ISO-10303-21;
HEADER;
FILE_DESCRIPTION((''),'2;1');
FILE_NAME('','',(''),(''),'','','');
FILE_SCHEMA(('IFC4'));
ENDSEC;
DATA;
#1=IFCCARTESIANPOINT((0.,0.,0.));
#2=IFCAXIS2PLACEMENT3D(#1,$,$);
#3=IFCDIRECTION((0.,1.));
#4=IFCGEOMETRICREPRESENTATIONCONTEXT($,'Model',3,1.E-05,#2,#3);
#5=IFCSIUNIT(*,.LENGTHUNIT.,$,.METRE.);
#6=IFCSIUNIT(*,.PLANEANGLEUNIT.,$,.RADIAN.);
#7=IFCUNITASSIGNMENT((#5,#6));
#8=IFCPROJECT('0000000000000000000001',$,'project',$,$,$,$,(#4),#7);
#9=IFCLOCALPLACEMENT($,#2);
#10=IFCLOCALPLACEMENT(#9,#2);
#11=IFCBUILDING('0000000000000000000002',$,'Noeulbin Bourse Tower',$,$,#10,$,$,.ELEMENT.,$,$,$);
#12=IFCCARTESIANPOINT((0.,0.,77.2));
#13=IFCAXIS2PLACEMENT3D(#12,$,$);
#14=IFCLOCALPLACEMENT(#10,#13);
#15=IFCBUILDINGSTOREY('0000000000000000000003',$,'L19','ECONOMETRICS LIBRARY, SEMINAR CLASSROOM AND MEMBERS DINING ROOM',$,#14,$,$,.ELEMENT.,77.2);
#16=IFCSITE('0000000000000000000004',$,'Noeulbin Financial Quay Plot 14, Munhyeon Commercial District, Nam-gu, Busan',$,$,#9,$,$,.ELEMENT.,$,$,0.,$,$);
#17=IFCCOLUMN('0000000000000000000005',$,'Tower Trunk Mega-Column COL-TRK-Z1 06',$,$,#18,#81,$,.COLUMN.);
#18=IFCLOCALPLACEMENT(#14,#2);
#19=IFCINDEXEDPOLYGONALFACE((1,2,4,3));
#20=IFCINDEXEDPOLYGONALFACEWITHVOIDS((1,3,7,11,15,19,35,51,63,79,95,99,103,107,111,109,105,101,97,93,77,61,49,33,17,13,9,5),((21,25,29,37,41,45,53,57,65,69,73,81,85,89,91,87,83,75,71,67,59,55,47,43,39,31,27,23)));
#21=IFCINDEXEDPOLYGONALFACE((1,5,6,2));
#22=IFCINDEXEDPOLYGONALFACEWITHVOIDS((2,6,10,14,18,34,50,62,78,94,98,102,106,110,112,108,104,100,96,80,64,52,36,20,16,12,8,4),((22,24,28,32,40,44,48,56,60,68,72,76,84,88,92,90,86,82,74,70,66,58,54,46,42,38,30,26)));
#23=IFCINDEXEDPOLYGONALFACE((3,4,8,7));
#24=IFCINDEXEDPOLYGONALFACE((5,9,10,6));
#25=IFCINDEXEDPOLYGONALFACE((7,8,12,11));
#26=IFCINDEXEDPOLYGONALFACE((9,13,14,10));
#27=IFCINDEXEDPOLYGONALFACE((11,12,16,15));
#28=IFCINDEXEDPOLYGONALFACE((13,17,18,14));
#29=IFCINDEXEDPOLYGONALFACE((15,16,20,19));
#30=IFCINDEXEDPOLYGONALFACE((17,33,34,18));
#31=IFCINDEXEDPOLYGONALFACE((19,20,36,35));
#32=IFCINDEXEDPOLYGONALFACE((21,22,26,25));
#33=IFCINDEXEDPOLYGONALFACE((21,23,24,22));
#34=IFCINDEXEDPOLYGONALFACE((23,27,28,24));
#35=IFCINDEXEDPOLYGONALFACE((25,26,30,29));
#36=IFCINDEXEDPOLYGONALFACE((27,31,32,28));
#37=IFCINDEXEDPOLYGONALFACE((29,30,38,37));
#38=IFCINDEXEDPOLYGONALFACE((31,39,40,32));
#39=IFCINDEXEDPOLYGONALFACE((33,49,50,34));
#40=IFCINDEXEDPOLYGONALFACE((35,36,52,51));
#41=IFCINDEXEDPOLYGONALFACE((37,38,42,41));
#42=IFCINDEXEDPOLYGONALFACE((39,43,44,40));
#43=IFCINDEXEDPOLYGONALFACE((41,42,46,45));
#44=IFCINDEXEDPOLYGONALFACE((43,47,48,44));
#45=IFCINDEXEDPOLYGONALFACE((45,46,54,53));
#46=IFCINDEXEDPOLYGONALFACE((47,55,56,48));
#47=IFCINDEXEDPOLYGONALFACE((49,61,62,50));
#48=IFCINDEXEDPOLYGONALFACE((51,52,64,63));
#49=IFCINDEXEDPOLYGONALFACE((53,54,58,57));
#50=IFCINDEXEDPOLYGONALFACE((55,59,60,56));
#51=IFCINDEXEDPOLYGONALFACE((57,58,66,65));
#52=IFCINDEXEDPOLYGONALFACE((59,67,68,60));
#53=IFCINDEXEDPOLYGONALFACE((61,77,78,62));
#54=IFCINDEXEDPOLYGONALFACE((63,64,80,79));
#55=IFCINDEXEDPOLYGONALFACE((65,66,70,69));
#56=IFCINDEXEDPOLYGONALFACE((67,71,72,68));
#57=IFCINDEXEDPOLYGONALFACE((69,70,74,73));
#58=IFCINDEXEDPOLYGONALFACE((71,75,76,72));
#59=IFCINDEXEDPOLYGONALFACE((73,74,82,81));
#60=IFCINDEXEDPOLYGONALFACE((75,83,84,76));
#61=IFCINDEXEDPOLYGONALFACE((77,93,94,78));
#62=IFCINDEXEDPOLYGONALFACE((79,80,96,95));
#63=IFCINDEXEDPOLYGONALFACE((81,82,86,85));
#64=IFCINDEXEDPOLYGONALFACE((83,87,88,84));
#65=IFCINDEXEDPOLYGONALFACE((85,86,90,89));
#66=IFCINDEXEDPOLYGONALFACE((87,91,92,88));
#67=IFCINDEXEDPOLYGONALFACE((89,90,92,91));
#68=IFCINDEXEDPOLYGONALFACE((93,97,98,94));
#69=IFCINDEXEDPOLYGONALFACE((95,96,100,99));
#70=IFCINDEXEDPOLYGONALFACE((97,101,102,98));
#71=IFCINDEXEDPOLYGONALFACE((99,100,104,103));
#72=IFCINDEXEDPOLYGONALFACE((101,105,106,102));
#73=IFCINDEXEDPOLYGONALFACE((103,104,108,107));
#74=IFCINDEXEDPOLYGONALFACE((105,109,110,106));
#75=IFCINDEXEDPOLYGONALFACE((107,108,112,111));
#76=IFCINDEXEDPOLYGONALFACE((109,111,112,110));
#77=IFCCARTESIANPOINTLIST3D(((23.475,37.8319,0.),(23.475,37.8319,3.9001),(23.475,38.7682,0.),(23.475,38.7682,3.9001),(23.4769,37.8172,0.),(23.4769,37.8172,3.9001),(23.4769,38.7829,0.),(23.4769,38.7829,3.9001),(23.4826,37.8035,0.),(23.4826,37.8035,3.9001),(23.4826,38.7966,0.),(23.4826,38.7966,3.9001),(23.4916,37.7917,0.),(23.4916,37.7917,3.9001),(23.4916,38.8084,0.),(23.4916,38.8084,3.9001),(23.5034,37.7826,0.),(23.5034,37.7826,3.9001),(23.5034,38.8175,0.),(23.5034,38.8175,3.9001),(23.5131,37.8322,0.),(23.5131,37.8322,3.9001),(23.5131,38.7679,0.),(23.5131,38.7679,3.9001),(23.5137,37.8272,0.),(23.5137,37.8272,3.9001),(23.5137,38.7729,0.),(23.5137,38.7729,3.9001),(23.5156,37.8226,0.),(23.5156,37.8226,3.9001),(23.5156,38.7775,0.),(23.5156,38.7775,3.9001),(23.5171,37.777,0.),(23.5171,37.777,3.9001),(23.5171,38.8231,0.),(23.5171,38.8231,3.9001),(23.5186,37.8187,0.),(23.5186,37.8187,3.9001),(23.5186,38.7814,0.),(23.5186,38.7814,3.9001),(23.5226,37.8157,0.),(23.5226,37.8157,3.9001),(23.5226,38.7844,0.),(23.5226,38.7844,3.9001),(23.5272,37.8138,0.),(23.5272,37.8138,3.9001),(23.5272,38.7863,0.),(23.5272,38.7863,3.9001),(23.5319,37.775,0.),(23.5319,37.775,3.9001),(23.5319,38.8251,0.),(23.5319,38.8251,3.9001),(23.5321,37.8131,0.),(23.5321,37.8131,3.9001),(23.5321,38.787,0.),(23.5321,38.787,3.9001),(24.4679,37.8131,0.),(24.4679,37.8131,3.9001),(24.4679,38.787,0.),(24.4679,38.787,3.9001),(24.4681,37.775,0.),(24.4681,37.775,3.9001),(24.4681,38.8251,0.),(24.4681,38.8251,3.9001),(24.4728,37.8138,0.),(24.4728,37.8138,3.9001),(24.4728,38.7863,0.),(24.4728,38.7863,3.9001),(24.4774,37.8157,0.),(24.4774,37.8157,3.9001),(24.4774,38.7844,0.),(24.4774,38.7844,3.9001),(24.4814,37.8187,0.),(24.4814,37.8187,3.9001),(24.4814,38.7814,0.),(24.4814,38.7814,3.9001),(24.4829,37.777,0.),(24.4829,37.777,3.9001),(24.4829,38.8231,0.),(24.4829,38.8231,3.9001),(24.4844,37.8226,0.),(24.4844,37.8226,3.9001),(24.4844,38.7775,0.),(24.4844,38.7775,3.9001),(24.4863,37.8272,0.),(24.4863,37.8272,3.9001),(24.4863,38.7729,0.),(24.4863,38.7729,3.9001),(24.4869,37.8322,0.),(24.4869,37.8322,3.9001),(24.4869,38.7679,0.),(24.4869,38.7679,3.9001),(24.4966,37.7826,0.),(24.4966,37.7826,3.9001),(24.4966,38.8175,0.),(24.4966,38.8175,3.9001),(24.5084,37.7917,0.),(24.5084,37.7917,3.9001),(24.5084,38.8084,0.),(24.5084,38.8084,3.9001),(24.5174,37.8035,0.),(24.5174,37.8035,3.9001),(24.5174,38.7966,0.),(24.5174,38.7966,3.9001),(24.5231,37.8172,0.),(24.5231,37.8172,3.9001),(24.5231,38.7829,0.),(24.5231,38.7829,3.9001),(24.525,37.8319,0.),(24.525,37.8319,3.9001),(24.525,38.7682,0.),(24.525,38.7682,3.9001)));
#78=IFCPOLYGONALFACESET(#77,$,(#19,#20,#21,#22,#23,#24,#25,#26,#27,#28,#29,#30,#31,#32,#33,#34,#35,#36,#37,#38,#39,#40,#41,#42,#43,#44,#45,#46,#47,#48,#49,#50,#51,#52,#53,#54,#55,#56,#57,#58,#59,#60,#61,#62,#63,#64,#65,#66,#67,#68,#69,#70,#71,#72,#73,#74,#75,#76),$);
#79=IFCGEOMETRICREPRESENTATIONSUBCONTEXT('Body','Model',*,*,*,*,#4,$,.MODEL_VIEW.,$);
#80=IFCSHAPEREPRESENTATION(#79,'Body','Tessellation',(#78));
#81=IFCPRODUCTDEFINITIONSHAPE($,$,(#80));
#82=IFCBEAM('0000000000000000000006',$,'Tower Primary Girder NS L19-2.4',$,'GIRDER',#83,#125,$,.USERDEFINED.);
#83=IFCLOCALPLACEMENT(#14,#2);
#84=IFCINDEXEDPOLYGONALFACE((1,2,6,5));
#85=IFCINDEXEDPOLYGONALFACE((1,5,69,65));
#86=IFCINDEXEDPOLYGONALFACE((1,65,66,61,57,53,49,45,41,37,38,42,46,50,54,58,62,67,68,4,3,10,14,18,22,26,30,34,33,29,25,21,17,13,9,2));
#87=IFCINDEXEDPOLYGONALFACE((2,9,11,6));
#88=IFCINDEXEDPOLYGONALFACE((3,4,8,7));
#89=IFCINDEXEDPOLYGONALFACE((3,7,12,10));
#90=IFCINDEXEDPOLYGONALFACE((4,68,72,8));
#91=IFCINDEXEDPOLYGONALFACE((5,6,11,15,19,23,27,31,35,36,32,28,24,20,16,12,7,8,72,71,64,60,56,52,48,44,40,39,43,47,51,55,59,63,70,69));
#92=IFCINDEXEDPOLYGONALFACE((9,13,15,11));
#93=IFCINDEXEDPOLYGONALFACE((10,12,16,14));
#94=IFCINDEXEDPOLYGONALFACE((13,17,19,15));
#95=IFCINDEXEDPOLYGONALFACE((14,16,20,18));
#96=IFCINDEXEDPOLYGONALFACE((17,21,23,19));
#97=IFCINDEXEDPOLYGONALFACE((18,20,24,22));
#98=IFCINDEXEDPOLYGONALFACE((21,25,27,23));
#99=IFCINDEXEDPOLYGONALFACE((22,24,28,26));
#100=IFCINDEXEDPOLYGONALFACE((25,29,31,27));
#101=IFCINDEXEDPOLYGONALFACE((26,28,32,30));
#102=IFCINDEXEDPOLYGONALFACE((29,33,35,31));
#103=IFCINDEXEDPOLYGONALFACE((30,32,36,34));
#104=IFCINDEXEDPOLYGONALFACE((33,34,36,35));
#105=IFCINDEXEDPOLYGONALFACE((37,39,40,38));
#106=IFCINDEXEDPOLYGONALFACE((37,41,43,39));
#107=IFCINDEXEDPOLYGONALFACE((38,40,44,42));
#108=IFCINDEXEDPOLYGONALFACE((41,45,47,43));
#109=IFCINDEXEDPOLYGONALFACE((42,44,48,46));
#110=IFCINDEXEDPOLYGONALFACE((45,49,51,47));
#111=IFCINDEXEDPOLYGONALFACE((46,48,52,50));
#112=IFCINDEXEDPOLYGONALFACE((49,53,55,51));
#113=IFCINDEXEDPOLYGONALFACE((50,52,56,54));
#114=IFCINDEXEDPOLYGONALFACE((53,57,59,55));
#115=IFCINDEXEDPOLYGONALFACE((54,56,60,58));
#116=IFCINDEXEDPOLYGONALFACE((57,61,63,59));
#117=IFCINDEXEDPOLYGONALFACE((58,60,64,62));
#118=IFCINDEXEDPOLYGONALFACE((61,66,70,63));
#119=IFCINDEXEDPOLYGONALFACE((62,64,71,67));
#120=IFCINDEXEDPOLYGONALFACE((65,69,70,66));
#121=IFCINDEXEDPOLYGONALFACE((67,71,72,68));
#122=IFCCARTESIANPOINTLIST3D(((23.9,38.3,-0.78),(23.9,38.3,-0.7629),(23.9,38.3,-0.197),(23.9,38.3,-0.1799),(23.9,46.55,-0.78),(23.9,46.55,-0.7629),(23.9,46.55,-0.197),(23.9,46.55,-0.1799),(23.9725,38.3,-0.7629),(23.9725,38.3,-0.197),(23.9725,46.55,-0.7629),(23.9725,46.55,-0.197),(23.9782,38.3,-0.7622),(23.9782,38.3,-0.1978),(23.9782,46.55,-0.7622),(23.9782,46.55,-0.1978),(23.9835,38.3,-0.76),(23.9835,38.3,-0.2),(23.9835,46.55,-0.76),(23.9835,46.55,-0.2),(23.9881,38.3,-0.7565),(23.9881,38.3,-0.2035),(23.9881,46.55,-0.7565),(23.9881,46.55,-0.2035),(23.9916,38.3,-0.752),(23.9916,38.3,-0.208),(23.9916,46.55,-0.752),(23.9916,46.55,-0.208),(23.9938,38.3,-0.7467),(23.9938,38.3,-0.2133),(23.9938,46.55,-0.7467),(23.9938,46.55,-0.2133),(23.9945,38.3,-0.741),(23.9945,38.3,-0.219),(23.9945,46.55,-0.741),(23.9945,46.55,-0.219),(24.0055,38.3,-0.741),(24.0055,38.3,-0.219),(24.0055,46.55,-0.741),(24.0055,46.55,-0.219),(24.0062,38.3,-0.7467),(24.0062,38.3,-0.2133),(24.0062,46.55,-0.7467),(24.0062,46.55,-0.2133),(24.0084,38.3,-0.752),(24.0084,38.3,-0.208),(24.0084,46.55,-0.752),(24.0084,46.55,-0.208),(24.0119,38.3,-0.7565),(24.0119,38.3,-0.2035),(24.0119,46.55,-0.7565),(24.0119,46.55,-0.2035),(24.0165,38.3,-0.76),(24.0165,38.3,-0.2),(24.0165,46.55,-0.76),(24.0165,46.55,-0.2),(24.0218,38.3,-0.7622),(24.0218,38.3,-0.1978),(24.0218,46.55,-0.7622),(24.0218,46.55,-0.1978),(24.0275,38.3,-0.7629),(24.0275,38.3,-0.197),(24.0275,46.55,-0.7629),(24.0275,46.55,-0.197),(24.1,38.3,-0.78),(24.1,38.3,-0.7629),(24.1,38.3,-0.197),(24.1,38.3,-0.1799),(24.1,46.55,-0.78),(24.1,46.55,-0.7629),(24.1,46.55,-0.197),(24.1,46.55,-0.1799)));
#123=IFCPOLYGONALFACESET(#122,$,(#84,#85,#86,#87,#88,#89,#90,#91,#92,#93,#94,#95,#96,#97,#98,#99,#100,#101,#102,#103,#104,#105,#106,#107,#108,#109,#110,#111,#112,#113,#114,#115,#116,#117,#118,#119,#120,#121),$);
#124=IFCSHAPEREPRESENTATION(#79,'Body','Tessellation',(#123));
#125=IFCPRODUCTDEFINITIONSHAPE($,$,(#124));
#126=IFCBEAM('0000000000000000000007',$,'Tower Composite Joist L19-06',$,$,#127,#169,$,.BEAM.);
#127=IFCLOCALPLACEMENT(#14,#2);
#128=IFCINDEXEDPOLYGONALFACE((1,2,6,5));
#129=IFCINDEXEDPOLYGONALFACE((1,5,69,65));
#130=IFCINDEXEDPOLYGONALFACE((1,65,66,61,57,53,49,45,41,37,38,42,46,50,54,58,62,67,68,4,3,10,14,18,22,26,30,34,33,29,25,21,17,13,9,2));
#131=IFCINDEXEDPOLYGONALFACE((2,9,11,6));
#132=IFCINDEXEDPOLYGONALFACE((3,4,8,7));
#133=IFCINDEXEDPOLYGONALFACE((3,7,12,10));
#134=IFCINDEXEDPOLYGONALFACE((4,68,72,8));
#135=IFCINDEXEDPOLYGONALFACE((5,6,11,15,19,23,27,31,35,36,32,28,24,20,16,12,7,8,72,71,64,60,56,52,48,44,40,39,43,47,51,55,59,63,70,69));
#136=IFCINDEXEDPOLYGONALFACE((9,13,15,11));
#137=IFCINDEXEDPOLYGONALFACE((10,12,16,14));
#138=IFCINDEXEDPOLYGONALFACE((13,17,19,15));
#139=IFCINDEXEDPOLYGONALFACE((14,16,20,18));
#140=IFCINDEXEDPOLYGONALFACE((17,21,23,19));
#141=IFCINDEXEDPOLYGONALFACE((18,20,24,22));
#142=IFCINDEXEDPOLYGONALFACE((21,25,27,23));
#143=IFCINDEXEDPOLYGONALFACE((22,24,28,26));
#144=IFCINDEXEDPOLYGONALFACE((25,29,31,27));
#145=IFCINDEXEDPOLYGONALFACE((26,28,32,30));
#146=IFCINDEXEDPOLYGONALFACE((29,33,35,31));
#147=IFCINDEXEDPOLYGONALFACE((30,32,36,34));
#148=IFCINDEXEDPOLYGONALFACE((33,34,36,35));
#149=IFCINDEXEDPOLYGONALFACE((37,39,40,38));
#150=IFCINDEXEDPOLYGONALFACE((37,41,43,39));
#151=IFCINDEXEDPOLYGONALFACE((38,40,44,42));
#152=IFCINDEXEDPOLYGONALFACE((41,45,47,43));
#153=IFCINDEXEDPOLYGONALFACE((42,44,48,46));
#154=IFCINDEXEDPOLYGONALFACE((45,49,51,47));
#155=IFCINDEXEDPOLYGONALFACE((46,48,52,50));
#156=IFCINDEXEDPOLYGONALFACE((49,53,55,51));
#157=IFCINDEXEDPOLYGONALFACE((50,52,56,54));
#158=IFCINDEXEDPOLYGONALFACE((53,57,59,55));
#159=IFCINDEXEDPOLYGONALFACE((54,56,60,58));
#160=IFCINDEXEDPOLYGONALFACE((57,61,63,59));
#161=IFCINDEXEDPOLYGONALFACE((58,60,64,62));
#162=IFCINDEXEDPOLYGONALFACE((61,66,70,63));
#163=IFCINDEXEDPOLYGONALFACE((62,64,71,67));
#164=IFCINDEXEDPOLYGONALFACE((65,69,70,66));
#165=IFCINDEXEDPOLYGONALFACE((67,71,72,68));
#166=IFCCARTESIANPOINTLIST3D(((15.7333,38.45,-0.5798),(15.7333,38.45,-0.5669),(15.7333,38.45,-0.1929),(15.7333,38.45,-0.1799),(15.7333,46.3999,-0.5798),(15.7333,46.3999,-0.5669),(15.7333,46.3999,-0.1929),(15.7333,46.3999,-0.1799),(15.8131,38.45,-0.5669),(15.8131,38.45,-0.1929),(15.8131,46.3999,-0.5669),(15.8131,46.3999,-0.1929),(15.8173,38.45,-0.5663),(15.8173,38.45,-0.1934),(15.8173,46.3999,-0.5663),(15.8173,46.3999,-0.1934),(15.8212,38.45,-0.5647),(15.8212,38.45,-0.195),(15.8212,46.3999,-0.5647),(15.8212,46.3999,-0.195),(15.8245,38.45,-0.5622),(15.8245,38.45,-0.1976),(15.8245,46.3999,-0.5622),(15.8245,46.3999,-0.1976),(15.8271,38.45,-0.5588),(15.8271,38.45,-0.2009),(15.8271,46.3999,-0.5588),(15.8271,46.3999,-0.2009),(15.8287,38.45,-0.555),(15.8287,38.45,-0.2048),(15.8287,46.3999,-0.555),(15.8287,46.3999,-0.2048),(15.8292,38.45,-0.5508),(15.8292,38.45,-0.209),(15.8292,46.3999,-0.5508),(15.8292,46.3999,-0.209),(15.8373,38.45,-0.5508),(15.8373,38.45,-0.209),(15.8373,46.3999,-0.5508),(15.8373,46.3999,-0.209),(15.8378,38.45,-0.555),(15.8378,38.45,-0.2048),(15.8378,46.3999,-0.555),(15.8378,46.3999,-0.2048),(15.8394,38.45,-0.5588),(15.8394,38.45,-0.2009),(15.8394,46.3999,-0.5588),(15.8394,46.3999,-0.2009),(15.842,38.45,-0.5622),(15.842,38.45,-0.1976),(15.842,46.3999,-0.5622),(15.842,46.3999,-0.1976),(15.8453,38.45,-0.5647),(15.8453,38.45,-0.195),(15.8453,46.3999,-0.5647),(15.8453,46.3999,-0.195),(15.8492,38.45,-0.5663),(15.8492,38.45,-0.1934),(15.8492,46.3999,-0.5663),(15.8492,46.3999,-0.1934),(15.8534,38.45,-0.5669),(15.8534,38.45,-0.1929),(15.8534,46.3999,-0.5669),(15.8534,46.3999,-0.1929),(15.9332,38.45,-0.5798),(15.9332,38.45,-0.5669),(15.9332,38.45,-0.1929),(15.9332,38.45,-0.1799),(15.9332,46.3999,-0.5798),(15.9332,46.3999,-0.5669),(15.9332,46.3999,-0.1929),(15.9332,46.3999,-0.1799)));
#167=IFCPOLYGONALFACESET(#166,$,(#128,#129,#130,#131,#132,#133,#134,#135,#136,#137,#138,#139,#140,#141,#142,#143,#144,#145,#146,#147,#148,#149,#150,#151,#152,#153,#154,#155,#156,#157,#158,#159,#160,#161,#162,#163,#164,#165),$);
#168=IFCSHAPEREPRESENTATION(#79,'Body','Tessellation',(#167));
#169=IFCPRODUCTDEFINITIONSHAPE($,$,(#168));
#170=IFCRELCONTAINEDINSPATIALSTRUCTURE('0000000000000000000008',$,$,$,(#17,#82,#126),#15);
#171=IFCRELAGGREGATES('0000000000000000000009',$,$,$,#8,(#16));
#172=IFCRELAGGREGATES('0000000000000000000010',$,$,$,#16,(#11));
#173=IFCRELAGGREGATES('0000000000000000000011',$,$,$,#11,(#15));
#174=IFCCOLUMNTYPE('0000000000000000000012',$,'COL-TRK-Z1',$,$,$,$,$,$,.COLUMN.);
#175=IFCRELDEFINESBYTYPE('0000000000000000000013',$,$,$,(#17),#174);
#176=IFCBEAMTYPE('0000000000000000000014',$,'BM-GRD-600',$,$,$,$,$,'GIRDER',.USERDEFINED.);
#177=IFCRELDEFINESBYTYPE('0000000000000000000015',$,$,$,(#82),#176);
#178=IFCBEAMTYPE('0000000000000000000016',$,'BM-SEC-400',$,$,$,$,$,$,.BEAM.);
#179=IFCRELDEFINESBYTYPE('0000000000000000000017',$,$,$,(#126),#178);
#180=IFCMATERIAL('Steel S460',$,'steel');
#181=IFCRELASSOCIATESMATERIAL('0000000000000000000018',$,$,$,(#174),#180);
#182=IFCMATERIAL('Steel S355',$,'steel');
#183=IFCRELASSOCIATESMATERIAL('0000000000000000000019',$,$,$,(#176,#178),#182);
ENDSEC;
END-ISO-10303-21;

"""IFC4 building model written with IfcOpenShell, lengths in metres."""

from ifc_helpers import new_model, si_unit, direction, frame, origin, origin_2d, place, context, subcontext, project, spatial, hollow_rectangle, i_section, extrude, material, material_profile, profile_set, type_object, element, save


model = new_model("IFC4")

# Units and contexts
model_context = context("Model", 3, precision=1e-05, world=origin(), true_north=direction((0.0, 1.0)))
body_context = subcontext(model_context, "Body", "Model", "MODEL_VIEW")
ifc_project = project(units=[si_unit("LENGTHUNIT", "METRE"), si_unit("PLANEANGLEUNIT", "RADIAN")], contexts=[model_context])

# Site, building, storey
site_placement = place(None, origin())
site = spatial("IfcSite", under=ifc_project, at=site_placement, Name="Noeulbin Financial Quay Plot 14, Munhyeon Commercial District, Nam-gu, Busan", CompositionType="ELEMENT", RefElevation=0.0)
building_placement = place(site_placement, origin())
building = spatial("IfcBuilding", under=site, at=building_placement, Name="Noeulbin Bourse Tower", CompositionType="ELEMENT")
storey_placement = place(building_placement, frame((0.0, 0.0, 77.2)))
storey = spatial("IfcBuildingStorey", under=building, at=storey_placement, Name="L19", Description="ECONOMETRICS LIBRARY, SEMINAR CLASSROOM AND MEMBERS DINING ROOM", CompositionType="ELEMENT", Elevation=77.2)

# Column
ifc_material_1 = material(Name="Steel S460", Category="steel")
ifc_material_profile_1 = material_profile(ifc_material_1, hollow_rectangle(XDim=1.05, YDim=1.05, WallThickness=0.0381, InnerFilletRadius=0.019, OuterFilletRadius=0.0569, at=origin_2d()), Name="BOX-1050x1050x38", Category="LoadBearing")
ifc_profile_set_1 = profile_set([ifc_material_profile_1], Name="Steel S460")
column_type_1 = type_object("IfcColumnType", Name="COL-TRK-Z1", PredefinedType="COLUMN", material=ifc_profile_set_1)
for number, where, z_axis, x_axis, name in (
    (1, (24.0, 38.3, 0.0), (0.0, 0.0, 1.0), (1.0, 0.0, 0.0), "Tower Trunk Mega-Column COL-TRK-Z1 06"),
):
    element("IfcColumn", number, at=place(storey_placement, frame(where, z_axis=z_axis, x_axis=x_axis)), inside=storey, type_object=column_type_1, Name=name, PredefinedType="COLUMN", context=body_context, shape_type="SweptSolid", body=[
        extrude(hollow_rectangle(XDim=1.05, YDim=1.05, WallThickness=0.0381, InnerFilletRadius=0.019, OuterFilletRadius=0.0569, at=origin_2d()), origin(), (0.0, 0.0, 1.0), 3.9001),
    ])

# Beams
ifc_material_2 = material(Name="Steel S355", Category="steel")
ifc_material_profile_2 = material_profile(ifc_material_2, i_section(OverallWidth=0.2, OverallDepth=0.6001, WebThickness=0.011, FlangeThickness=0.0171, FilletRadius=0.022, at=origin_2d()), Name="H-600x200x11x17", Category="LoadBearing")
ifc_profile_set_2 = profile_set([ifc_material_profile_2], Name="Steel S355")
beam_type_1 = type_object("IfcBeamType", Name="BM-GRD-600", ElementType="GIRDER", PredefinedType="USERDEFINED", material=ifc_profile_set_2)
beam_1_placement = place(storey_placement, frame((24.0, 38.3, -0.48), z_axis=(0.0, 1.0, 0.0), x_axis=(-1.0, 0.0, 0.0)))
element("IfcBeam", 2, at=beam_1_placement, inside=storey, type_object=beam_type_1, Name="Tower Primary Girder NS L19-2.4", ObjectType="GIRDER", PredefinedType="USERDEFINED", context=body_context, shape_type="SweptSolid", body=[
    extrude(i_section(OverallWidth=0.2, OverallDepth=0.6001, WebThickness=0.011, FlangeThickness=0.0171, FilletRadius=0.022, at=origin_2d()), origin(), (0.0, 0.0, 1.0), 8.25),
])
ifc_material_profile_3 = material_profile(ifc_material_2, i_section(OverallWidth=0.2, OverallDepth=0.3999, WebThickness=0.0081, FlangeThickness=0.0129, FilletRadius=0.0161, at=origin_2d()), Name="H-400x200x8x13", Category="LoadBearing")
ifc_profile_set_3 = profile_set([ifc_material_profile_3], Name="Steel S355")
beam_type_2 = type_object("IfcBeamType", Name="BM-SEC-400", PredefinedType="BEAM", material=ifc_profile_set_3)
for number, where, z_axis, x_axis, name in (
    (3, (15.8333, 38.45, -0.3799), (0.0, 1.0, 0.0), (-1.0, 0.0, 0.0), "Tower Composite Joist L19-06"),
):
    element("IfcBeam", number, at=place(storey_placement, frame(where, z_axis=z_axis, x_axis=x_axis)), inside=storey, type_object=beam_type_2, Name=name, PredefinedType="BEAM", context=body_context, shape_type="SweptSolid", body=[
        extrude(i_section(OverallWidth=0.2, OverallDepth=0.3999, WebThickness=0.0081, FlangeThickness=0.0129, FilletRadius=0.0161, at=origin_2d()), origin(), (0.0, 0.0, 1.0), 7.95),
    ])

save(model, "model.ifc")
